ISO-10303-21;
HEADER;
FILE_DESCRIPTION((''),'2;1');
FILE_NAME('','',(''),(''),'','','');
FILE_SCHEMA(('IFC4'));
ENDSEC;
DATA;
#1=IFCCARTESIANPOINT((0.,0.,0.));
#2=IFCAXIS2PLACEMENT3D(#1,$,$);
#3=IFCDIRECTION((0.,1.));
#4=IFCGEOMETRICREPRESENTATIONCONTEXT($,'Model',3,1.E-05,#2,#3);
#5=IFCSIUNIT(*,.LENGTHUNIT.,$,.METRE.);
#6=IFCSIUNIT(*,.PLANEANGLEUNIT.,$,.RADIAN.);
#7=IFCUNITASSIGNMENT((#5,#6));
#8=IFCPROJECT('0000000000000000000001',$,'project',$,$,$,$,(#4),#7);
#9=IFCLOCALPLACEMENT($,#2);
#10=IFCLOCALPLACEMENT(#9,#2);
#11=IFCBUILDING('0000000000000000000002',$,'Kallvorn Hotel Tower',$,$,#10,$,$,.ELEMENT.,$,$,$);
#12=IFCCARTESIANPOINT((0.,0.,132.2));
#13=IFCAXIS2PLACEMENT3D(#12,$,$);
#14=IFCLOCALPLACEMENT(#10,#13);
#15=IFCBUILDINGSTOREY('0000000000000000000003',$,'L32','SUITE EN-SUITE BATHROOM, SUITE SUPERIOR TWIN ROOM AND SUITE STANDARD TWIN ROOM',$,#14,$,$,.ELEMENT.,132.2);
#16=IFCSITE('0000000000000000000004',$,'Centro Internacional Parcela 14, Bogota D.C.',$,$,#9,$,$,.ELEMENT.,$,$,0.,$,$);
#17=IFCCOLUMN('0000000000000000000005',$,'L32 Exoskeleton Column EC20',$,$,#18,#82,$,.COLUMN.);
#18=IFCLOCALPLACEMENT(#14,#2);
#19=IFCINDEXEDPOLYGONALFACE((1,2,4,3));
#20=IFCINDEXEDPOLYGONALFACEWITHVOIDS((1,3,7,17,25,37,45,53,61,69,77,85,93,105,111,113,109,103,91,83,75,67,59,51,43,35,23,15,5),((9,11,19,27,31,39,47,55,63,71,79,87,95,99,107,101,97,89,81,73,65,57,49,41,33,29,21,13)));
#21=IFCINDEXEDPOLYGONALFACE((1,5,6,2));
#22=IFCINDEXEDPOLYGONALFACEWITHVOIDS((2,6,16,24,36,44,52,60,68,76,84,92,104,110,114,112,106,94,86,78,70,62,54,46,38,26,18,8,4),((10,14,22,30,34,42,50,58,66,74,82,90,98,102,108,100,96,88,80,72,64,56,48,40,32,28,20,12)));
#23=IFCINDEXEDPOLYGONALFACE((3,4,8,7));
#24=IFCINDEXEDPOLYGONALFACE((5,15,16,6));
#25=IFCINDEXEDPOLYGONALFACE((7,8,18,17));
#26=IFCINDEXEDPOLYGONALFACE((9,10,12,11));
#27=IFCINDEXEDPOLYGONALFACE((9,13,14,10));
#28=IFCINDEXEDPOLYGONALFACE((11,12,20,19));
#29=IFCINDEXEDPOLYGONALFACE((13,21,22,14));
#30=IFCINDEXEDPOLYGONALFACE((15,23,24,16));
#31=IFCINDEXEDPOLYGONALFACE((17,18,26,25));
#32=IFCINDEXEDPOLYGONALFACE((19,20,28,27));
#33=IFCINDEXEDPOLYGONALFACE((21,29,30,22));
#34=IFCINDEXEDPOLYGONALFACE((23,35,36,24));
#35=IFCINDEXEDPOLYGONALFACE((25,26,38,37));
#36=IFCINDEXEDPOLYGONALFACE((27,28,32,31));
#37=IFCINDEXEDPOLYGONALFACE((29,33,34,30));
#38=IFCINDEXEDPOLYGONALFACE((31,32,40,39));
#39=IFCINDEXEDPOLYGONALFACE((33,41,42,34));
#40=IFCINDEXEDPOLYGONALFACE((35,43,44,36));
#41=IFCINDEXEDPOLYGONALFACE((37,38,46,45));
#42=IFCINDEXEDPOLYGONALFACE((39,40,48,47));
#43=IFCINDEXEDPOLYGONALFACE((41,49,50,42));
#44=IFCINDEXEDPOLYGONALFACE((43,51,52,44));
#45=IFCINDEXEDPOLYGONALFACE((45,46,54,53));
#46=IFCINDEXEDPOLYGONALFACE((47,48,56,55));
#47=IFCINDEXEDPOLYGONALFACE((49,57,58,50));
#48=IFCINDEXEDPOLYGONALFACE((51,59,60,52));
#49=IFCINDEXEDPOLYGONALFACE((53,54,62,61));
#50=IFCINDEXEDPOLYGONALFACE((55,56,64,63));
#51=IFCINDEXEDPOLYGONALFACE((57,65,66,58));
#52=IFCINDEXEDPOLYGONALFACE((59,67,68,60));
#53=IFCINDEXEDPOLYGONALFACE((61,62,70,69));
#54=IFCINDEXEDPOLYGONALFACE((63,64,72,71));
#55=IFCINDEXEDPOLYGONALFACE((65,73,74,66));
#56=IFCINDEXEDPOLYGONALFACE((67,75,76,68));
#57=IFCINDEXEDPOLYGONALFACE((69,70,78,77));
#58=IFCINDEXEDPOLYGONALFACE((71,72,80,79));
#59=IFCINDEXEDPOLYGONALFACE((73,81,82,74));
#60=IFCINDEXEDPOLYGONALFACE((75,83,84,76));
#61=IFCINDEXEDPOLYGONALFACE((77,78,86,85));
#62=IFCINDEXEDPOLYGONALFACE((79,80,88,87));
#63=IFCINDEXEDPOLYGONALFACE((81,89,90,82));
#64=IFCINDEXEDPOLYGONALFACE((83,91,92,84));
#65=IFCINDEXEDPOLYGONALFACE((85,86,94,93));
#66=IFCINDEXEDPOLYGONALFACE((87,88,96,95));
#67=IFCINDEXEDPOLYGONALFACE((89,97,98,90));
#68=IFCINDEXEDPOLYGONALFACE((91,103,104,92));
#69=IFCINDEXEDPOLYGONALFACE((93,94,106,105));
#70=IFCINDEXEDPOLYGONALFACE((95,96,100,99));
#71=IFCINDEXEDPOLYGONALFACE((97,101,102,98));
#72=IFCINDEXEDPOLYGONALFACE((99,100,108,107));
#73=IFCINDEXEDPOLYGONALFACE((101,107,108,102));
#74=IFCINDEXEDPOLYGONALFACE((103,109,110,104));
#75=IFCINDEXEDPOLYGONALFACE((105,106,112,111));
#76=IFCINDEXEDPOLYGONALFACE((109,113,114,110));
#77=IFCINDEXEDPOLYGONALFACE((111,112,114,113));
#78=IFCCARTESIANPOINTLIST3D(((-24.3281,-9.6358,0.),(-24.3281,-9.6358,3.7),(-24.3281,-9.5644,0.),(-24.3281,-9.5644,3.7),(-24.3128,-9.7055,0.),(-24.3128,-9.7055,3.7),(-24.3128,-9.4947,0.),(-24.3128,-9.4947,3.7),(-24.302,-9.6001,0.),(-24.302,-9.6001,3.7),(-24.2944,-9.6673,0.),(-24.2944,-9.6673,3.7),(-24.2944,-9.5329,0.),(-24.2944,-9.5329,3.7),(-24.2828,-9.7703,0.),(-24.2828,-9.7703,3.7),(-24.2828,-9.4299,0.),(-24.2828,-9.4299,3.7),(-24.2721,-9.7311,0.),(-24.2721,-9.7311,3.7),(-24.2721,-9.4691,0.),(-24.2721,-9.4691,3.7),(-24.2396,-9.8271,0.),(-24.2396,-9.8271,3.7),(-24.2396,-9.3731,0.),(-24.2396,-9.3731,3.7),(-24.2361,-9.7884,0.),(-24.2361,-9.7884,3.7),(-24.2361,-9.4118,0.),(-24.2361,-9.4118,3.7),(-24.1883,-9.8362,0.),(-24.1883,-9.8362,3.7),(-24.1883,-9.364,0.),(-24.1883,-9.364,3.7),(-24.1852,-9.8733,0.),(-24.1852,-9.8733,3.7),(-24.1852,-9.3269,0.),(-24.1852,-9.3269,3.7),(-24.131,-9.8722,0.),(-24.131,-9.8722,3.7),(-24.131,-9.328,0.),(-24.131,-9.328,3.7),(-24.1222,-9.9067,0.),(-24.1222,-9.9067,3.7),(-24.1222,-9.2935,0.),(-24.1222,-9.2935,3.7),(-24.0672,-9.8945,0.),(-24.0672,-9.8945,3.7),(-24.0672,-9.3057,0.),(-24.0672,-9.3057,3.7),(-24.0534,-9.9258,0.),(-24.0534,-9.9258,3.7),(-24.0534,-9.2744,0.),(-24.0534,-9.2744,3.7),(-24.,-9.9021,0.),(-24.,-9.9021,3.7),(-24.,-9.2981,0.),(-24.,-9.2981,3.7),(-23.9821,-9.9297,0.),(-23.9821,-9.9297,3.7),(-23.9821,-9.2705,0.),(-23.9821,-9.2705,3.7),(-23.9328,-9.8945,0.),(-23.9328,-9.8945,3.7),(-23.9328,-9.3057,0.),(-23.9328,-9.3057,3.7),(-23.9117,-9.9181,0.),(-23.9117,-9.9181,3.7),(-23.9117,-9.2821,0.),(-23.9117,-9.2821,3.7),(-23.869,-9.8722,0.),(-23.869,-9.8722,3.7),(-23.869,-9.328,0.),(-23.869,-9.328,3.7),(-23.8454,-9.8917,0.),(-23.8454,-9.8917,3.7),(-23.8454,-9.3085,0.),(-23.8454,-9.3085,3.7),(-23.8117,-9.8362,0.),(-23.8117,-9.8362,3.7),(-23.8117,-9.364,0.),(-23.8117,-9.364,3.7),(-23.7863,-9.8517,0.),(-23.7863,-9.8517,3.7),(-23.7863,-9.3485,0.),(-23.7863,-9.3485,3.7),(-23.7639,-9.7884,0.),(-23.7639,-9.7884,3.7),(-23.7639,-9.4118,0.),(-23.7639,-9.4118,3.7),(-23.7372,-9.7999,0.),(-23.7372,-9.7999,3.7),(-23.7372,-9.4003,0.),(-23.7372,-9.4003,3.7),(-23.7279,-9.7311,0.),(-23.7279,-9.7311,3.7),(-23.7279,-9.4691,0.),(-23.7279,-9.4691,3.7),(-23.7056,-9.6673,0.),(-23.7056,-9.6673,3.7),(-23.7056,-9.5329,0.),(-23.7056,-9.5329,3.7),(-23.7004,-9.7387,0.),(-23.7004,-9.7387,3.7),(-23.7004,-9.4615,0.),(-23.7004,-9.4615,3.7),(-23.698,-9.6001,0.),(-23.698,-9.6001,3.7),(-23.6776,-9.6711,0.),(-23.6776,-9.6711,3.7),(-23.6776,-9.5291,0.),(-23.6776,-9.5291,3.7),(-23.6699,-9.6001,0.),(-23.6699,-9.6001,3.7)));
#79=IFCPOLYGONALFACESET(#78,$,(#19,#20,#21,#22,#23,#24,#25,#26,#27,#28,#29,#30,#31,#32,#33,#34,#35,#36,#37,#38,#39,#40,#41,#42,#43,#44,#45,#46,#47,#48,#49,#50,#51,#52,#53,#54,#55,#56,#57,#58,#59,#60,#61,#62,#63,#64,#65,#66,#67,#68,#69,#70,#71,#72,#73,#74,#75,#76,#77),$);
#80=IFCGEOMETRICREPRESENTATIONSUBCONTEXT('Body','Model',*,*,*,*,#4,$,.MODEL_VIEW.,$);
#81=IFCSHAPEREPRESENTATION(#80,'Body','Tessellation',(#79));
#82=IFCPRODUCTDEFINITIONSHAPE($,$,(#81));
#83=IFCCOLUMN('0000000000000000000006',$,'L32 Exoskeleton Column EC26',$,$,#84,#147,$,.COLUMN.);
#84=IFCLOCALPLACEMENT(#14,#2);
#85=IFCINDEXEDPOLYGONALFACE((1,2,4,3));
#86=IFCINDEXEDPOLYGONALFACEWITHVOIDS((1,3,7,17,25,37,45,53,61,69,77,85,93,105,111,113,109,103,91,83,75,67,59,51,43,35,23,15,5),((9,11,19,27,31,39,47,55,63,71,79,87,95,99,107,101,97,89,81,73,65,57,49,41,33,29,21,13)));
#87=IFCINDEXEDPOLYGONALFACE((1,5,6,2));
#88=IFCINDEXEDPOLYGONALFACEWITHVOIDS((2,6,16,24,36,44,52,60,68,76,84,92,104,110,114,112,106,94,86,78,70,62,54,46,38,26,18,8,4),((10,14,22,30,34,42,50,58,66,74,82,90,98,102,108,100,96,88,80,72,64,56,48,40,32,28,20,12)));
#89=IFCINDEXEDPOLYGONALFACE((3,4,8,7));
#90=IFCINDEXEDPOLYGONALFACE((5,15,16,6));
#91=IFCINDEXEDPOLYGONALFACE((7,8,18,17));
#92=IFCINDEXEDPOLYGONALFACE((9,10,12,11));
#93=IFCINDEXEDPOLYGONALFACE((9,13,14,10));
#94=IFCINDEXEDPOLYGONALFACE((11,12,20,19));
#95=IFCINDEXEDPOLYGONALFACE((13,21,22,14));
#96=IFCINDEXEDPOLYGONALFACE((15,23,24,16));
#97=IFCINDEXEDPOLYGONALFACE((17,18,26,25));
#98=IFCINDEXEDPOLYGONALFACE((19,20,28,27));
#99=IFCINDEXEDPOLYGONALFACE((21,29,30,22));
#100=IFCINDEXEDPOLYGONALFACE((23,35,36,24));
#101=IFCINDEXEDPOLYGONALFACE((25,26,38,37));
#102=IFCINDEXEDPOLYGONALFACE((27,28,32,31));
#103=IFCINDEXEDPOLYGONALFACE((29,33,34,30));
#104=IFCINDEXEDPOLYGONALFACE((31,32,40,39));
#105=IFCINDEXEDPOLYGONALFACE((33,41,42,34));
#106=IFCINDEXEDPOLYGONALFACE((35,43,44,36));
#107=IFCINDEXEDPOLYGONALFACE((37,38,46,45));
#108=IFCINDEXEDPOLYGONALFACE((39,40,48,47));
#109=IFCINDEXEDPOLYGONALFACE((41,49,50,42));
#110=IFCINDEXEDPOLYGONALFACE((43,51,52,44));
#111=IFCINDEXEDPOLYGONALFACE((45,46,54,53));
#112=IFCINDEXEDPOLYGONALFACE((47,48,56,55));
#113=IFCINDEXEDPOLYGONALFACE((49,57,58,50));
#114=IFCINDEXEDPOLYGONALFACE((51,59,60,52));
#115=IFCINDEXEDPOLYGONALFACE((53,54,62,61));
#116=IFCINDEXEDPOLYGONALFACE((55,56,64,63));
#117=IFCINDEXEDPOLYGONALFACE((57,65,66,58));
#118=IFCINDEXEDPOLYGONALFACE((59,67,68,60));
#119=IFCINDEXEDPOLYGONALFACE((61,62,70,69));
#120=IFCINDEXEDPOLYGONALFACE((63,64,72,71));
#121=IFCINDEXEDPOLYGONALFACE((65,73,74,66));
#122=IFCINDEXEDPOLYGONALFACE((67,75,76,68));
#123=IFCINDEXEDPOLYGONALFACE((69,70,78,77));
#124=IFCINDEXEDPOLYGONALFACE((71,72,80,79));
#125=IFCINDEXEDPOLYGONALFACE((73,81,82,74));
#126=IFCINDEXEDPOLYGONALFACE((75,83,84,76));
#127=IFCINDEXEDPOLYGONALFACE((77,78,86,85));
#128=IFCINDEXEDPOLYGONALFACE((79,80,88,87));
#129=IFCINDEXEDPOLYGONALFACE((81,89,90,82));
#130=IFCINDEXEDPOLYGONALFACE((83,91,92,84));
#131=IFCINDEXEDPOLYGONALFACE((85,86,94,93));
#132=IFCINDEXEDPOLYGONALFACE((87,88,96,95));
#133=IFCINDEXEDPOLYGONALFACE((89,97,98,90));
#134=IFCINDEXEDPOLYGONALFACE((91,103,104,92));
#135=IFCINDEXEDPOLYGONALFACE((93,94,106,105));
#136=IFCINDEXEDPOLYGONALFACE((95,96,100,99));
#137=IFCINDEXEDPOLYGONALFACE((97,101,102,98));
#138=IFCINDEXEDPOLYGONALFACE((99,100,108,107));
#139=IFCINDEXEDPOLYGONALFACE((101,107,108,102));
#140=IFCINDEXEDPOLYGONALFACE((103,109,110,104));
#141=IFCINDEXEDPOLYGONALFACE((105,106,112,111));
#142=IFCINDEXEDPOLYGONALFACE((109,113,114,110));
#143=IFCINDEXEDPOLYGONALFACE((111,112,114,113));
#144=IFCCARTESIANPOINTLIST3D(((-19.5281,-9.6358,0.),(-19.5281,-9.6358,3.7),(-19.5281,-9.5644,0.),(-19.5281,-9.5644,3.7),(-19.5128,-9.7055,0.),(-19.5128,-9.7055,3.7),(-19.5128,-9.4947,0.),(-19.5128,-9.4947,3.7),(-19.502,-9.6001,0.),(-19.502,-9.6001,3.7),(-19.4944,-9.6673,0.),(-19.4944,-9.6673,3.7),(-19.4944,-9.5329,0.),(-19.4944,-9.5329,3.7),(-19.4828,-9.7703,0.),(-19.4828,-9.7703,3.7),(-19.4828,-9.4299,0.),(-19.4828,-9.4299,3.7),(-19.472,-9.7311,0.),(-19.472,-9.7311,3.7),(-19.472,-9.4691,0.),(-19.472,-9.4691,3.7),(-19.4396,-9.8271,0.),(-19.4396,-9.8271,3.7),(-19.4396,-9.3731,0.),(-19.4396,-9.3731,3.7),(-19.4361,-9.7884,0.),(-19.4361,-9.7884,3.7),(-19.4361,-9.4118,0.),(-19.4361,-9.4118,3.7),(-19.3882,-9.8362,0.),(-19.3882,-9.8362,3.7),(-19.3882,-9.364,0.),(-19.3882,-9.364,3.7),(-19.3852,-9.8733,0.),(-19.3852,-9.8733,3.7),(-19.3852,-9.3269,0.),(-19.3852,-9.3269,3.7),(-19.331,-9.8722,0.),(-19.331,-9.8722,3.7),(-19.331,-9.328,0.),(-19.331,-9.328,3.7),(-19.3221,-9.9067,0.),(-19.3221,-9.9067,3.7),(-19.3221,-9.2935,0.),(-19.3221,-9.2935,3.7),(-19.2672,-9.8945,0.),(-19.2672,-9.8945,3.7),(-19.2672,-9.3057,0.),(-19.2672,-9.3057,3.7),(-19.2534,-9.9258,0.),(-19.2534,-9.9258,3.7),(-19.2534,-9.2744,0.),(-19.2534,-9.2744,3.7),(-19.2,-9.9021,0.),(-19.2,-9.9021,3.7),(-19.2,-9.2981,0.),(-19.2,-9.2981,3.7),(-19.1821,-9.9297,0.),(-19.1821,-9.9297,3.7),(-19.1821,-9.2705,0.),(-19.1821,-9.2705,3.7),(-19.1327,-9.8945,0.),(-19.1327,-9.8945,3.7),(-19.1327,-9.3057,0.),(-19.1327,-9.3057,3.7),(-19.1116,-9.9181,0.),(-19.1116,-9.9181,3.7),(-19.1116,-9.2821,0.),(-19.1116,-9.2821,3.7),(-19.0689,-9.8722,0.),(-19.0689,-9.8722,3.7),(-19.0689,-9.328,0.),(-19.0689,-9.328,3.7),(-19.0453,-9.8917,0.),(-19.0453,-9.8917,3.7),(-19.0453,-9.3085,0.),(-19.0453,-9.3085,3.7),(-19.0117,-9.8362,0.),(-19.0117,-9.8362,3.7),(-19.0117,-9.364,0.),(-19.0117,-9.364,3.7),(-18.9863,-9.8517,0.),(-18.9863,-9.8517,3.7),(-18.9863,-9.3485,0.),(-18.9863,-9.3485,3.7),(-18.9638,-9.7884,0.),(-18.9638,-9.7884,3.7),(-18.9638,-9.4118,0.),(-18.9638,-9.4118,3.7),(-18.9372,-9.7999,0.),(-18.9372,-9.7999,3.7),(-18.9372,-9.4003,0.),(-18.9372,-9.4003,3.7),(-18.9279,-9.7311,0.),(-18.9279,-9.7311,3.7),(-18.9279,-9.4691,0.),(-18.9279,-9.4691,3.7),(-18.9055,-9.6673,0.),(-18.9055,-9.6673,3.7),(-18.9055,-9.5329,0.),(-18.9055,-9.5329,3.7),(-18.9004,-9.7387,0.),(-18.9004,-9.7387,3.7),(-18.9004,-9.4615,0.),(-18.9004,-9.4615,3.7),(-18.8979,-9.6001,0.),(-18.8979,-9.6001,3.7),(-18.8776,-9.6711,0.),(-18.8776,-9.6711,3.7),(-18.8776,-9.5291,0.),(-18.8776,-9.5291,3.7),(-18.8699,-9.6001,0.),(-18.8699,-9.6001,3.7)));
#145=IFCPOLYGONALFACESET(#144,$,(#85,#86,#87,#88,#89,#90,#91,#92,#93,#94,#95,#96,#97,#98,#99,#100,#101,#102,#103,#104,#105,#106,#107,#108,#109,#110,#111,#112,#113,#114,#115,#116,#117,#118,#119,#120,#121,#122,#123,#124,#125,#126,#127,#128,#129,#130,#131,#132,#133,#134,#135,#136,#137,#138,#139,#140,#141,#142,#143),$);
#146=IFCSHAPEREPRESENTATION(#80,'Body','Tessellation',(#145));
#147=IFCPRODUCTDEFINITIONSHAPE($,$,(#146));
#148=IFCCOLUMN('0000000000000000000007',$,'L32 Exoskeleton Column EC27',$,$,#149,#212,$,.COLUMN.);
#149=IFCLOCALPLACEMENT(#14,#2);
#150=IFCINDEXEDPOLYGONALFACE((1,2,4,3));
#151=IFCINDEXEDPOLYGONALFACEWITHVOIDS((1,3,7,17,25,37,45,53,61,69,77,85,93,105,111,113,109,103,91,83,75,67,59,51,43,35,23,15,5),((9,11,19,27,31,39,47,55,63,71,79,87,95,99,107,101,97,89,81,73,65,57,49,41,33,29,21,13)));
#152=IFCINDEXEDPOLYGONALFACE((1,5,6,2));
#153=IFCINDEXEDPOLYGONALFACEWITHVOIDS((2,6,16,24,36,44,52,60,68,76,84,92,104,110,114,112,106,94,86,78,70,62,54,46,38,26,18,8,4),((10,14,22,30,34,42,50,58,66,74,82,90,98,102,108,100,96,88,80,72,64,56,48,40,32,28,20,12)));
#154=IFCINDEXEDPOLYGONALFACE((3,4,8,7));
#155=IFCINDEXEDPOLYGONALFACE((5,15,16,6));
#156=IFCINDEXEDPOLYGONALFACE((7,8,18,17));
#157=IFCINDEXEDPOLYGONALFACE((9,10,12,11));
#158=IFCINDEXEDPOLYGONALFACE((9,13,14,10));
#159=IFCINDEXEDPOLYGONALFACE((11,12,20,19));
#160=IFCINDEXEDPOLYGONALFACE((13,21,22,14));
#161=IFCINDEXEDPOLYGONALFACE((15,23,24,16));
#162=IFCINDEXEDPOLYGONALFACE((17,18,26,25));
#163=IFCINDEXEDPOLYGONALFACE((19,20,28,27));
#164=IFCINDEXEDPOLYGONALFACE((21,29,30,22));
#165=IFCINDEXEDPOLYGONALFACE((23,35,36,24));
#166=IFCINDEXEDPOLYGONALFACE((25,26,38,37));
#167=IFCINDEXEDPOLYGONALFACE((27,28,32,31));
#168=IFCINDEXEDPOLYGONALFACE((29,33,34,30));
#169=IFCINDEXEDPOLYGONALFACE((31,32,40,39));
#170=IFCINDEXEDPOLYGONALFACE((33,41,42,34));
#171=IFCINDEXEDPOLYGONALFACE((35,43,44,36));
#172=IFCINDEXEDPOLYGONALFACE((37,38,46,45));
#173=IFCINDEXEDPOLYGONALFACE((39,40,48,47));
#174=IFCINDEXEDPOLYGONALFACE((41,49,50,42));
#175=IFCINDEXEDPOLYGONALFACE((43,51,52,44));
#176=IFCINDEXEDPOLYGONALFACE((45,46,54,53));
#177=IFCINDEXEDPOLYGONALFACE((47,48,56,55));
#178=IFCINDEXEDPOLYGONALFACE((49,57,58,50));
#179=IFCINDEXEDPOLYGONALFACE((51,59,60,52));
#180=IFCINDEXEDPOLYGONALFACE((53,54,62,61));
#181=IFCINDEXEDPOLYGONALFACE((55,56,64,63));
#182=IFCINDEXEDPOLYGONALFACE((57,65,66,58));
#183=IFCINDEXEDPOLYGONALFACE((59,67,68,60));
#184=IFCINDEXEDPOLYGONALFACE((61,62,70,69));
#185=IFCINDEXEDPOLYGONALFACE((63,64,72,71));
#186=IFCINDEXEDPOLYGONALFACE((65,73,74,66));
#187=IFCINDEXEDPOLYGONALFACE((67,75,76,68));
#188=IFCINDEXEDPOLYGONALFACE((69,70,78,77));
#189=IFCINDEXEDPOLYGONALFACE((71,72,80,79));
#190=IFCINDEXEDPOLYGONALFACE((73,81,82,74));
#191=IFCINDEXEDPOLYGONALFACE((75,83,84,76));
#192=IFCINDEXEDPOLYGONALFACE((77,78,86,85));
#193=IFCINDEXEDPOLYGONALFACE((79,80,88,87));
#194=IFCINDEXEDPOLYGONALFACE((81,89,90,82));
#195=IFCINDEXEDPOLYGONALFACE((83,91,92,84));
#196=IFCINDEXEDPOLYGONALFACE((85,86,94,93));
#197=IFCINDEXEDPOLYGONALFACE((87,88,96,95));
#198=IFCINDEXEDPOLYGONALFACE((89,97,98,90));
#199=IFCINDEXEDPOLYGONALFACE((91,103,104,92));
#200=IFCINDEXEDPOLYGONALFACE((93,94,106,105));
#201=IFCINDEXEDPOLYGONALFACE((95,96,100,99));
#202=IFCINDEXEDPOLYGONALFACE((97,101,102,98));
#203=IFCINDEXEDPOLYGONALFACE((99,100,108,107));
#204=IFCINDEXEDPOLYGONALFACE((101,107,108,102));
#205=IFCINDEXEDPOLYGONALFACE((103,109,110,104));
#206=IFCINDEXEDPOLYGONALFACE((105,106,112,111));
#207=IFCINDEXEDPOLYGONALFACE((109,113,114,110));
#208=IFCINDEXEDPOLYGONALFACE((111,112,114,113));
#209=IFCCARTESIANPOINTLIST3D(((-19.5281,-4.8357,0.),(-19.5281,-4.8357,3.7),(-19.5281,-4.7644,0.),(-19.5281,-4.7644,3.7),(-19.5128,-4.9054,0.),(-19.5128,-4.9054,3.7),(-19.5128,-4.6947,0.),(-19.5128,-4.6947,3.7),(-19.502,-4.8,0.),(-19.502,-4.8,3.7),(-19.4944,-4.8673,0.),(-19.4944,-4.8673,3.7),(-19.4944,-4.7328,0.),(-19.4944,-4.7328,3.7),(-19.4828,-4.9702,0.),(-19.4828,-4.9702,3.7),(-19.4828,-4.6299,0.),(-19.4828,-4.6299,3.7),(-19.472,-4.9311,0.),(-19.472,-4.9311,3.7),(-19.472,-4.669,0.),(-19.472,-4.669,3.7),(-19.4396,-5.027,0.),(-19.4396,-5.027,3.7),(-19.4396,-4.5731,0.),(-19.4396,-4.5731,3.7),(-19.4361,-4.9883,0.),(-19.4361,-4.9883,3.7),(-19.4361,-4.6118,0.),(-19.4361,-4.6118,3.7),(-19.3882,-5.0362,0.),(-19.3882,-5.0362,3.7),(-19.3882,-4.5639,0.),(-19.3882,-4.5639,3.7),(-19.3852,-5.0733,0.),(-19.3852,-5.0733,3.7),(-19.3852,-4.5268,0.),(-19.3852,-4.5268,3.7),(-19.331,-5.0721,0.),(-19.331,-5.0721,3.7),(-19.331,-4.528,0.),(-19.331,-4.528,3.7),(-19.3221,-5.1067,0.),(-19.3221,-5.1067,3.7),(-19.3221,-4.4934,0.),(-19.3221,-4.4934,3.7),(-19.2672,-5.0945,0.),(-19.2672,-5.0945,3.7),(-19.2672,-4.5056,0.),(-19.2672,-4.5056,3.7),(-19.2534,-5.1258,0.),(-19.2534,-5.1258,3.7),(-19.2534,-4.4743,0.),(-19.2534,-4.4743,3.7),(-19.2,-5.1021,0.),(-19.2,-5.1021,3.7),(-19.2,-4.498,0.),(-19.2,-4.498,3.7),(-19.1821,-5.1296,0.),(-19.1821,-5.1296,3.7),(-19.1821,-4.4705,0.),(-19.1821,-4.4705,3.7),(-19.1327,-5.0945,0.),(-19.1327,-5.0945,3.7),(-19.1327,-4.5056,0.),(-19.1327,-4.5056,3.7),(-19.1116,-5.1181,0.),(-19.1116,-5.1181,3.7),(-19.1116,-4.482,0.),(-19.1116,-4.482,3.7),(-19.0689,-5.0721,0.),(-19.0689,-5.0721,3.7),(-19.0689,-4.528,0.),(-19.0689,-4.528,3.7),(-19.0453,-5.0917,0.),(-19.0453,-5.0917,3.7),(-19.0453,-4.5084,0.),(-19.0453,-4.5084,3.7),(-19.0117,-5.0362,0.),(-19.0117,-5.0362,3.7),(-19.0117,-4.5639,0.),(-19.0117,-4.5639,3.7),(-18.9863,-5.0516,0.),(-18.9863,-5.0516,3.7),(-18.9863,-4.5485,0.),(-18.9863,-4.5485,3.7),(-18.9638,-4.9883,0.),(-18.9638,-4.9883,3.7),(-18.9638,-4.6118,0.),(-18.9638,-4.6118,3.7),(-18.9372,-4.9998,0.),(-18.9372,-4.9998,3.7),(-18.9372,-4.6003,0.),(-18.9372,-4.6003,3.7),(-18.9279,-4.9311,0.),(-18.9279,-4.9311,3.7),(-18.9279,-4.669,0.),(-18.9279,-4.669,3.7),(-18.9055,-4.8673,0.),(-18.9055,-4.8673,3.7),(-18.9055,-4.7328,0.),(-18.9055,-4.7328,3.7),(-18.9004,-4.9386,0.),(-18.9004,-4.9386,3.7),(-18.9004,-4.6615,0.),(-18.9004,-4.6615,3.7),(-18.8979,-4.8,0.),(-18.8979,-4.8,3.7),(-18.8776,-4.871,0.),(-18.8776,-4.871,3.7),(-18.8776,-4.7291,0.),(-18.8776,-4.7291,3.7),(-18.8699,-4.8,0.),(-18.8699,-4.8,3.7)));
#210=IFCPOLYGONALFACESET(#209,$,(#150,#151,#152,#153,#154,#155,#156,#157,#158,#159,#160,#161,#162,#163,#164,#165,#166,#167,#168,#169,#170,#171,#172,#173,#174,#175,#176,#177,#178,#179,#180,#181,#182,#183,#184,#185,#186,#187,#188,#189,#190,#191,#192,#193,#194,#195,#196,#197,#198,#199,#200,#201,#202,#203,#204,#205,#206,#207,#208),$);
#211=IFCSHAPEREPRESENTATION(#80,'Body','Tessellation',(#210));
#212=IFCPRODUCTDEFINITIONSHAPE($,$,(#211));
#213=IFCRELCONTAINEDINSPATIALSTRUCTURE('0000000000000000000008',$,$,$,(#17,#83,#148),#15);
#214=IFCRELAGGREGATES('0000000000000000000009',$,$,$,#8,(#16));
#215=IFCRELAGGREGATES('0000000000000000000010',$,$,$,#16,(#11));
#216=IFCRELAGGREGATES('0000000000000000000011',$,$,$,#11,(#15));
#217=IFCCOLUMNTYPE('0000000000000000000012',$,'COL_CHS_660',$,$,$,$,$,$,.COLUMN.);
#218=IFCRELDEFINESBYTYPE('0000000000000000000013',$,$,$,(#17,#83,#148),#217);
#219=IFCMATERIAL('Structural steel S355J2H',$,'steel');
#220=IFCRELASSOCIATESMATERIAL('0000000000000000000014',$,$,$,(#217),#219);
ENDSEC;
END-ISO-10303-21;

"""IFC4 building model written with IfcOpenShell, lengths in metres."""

from ifc_helpers import new_model, si_unit, direction, frame, origin, origin_2d, place, context, subcontext, project, spatial, hollow_circle, extrude, material, material_profile, profile_set, type_object, element, save


model = new_model("IFC4")

# Units and contexts
model_context = context("Model", 3, precision=1e-05, world=origin(), true_north=direction((0.0, 1.0)))
body_context = subcontext(model_context, "Body", "Model", "MODEL_VIEW")
ifc_project = project(units=[si_unit("LENGTHUNIT", "METRE"), si_unit("PLANEANGLEUNIT", "RADIAN")], contexts=[model_context])

# Site, building, storey
site_placement = place(None, origin())
site = spatial("IfcSite", under=ifc_project, at=site_placement, Name="Centro Internacional Parcela 14, Bogota D.C.", CompositionType="ELEMENT", RefElevation=0.0)
building_placement = place(site_placement, origin())
building = spatial("IfcBuilding", under=site, at=building_placement, Name="Kallvorn Hotel Tower", CompositionType="ELEMENT")
storey_placement = place(building_placement, frame((0.0, 0.0, 132.2)))
storey = spatial("IfcBuildingStorey", under=building, at=storey_placement, Name="L32", Description="SUITE EN-SUITE BATHROOM, SUITE SUPERIOR TWIN ROOM AND SUITE STANDARD TWIN ROOM", CompositionType="ELEMENT", Elevation=132.2)

# Columns
ifc_material_1 = material(Name="Structural steel S355J2H", Category="steel")
ifc_material_profile_1 = material_profile(ifc_material_1, hollow_circle(Radius=0.3301, WallThickness=0.0281, at=origin_2d()), Name="CHS 660x28")
ifc_profile_set_1 = profile_set([ifc_material_profile_1], Name="Structural steel S355J2H")
column_type_1 = type_object("IfcColumnType", Name="COL_CHS_660", PredefinedType="COLUMN", material=ifc_profile_set_1)
for number, where, z_axis, x_axis, name in (
    (1, (-24.0, -9.6001, 0.0), (0.0, 0.0, 1.0), (1.0, 0.0, 0.0), "L32 Exoskeleton Column EC20"),
    (2, (-19.2, -9.6001, 0.0), (0.0, 0.0, 1.0), (1.0, 0.0, 0.0), "L32 Exoskeleton Column EC26"),
    (3, (-19.2, -4.8, 0.0), (0.0, 0.0, 1.0), (1.0, 0.0, 0.0), "L32 Exoskeleton Column EC27"),
):
    element("IfcColumn", number, at=place(storey_placement, frame(where, z_axis=z_axis, x_axis=x_axis)), inside=storey, type_object=column_type_1, Name=name, PredefinedType="COLUMN", context=body_context, shape_type="SweptSolid", body=[
        extrude(hollow_circle(Radius=0.3301, WallThickness=0.0281, at=origin_2d()), origin(), (0.0, 0.0, 1.0), 3.7),
    ])

save(model, "model.ifc")
